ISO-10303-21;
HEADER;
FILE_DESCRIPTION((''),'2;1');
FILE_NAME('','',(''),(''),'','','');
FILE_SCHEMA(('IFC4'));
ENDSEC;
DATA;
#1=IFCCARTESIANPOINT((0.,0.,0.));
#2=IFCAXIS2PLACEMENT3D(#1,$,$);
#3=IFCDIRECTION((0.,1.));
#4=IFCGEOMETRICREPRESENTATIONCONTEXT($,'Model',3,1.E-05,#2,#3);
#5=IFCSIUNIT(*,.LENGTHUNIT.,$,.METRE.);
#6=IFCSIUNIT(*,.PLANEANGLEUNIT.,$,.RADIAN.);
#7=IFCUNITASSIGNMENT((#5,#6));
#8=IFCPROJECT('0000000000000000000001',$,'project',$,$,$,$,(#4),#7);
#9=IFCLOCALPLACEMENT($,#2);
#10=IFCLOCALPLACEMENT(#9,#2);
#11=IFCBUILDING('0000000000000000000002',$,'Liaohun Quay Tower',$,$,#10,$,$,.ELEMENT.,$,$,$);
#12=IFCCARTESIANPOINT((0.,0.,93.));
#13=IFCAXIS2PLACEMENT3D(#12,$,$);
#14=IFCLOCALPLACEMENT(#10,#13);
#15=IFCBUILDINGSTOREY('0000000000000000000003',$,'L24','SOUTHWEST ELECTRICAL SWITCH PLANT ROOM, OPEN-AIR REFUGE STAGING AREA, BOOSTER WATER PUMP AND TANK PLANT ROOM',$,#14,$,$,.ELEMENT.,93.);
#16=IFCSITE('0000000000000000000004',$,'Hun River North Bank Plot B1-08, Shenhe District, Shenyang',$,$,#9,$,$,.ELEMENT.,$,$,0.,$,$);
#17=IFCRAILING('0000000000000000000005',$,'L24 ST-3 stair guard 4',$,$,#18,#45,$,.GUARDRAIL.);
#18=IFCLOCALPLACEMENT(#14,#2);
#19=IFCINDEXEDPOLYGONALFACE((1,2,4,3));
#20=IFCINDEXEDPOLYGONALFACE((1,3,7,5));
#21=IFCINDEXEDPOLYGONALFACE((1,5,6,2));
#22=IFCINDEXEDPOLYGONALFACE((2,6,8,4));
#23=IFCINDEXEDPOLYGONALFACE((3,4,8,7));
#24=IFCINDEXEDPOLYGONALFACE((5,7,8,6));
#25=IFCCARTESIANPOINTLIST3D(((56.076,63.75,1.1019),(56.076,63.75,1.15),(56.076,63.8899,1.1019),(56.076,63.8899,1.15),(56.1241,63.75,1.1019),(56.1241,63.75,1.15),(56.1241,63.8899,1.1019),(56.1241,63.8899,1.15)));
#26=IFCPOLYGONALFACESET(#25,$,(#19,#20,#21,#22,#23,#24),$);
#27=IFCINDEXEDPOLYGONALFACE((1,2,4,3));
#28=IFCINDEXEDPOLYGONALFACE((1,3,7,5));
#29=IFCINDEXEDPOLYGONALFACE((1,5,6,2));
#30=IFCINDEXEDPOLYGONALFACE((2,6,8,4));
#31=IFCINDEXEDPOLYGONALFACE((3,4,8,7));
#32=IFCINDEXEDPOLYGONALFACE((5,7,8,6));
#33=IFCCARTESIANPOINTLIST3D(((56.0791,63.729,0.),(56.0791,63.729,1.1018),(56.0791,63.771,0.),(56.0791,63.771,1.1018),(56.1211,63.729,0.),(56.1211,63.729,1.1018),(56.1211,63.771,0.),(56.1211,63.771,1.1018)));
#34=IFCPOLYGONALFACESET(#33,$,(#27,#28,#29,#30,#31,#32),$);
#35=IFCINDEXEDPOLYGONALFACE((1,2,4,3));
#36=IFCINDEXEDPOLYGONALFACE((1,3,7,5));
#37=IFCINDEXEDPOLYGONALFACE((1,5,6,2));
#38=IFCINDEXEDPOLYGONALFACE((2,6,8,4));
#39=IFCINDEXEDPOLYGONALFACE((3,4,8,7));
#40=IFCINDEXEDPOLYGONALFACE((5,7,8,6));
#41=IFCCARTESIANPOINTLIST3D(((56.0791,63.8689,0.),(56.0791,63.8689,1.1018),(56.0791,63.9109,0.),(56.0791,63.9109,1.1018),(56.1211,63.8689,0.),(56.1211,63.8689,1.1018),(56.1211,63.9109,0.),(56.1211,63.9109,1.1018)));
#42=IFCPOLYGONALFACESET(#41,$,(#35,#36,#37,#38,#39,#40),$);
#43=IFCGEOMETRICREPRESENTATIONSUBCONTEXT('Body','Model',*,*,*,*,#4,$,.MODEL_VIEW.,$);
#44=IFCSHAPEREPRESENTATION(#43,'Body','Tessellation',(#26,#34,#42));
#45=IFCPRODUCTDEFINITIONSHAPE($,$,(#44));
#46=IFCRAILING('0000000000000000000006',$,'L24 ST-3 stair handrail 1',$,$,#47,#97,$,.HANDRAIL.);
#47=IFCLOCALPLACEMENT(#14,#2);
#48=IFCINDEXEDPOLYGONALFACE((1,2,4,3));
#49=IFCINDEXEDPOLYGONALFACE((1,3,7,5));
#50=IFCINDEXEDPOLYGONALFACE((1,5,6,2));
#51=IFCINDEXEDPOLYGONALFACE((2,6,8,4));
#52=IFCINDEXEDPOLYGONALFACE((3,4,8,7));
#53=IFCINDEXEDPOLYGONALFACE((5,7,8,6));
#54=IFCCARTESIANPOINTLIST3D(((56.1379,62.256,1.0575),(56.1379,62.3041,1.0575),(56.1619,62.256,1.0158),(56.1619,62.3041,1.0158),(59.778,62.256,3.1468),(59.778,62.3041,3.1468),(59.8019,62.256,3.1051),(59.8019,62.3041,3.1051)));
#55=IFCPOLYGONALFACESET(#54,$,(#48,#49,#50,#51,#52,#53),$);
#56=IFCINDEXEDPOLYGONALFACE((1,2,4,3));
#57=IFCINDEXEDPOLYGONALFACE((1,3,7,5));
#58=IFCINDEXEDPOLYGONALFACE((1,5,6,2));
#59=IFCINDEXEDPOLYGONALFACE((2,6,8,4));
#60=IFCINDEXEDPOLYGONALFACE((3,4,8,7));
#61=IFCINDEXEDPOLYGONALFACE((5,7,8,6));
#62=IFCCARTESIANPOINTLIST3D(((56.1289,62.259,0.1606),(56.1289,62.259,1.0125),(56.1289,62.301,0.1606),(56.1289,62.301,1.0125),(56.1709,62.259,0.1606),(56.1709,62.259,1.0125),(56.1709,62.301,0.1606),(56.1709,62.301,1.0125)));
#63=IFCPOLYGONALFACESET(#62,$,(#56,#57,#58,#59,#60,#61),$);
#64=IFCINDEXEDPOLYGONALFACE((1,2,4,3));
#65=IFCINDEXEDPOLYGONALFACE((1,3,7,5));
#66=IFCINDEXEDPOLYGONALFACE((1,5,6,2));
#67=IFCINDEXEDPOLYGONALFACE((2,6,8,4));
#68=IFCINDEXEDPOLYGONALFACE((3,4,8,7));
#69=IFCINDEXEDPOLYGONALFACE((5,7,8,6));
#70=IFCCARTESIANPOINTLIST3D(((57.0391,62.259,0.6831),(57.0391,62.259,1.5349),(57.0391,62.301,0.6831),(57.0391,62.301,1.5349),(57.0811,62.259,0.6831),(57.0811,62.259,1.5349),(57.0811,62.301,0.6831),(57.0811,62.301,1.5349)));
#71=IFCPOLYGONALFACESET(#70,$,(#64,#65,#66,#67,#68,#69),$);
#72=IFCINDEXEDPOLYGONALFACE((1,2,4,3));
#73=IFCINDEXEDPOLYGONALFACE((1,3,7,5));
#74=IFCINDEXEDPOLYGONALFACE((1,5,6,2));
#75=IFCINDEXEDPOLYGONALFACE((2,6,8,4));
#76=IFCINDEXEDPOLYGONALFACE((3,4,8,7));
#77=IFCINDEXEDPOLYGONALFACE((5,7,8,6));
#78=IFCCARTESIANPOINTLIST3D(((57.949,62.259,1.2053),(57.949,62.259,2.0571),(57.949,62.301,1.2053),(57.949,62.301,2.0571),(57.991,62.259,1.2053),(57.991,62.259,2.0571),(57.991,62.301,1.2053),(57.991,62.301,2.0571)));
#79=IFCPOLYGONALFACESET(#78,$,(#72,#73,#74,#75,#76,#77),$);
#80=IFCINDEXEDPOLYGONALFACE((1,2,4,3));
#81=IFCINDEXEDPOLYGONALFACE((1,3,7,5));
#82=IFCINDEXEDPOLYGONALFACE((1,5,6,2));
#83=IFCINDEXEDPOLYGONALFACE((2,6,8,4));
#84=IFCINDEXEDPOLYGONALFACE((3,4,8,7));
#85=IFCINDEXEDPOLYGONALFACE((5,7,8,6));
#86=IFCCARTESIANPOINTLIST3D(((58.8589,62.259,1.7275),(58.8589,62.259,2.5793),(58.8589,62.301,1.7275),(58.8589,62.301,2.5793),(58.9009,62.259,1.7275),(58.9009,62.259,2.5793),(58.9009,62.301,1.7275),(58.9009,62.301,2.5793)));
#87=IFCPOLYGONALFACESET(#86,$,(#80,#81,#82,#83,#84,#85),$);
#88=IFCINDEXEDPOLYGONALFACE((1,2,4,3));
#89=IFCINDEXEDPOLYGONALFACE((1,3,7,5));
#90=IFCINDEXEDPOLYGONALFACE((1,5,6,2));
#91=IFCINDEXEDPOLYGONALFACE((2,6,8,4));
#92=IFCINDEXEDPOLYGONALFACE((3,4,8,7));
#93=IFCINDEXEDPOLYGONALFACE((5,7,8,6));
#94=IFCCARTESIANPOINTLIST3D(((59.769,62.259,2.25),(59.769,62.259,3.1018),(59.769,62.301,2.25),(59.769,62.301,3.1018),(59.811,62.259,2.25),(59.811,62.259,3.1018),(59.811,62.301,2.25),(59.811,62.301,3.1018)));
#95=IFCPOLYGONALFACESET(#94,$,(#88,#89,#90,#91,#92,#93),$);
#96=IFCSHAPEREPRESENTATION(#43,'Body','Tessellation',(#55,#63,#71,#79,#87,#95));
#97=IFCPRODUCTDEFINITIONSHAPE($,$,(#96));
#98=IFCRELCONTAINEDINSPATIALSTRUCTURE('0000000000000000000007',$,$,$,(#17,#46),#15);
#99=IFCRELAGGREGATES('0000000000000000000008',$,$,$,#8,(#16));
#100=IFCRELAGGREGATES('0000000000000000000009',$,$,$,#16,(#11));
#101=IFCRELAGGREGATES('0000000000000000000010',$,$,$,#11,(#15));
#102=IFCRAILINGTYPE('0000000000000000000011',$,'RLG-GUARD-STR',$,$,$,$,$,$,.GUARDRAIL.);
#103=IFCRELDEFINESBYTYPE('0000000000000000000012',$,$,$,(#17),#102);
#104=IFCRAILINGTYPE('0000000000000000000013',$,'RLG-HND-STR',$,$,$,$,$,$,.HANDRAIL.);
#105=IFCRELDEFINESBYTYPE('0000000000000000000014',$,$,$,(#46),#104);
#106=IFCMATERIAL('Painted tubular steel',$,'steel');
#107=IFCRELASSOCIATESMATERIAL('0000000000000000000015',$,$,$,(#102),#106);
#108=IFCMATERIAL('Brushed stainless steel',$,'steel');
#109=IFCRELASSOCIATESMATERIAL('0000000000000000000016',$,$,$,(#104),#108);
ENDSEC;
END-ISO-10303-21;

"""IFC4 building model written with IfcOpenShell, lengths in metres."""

from ifc_helpers import new_model, si_unit, direction, frame, origin, origin_2d, place, context, subcontext, project, spatial, rectangle, extrude, material, type_object, element, save


model = new_model("IFC4")

# Units and contexts
model_context = context("Model", 3, precision=1e-05, world=origin(), true_north=direction((0.0, 1.0)))
body_context = subcontext(model_context, "Body", "Model", "MODEL_VIEW")
ifc_project = project(units=[si_unit("LENGTHUNIT", "METRE"), si_unit("PLANEANGLEUNIT", "RADIAN")], contexts=[model_context])

# Site, building, storey
site_placement = place(None, origin())
site = spatial("IfcSite", under=ifc_project, at=site_placement, Name="Hun River North Bank Plot B1-08, Shenhe District, Shenyang", CompositionType="ELEMENT", RefElevation=0.0)
building_placement = place(site_placement, origin())
building = spatial("IfcBuilding", under=site, at=building_placement, Name="Liaohun Quay Tower", CompositionType="ELEMENT")
storey_placement = place(building_placement, frame((0.0, 0.0, 93.0)))
storey = spatial("IfcBuildingStorey", under=building, at=storey_placement, Name="L24", Description="SOUTHWEST ELECTRICAL SWITCH PLANT ROOM, OPEN-AIR REFUGE STAGING AREA, BOOSTER WATER PUMP AND TANK PLANT ROOM", CompositionType="ELEMENT", Elevation=93.0)

# Railings
ifc_material_1 = material(Name="Painted tubular steel", Category="steel")
railing_type_1 = type_object("IfcRailingType", Name="RLG-GUARD-STR", PredefinedType="GUARDRAIL", material=ifc_material_1)
railing_1_placement = place(storey_placement, frame((56.1001, 63.75, 0.0)))
element("IfcRailing", 1, at=railing_1_placement, inside=storey, type_object=railing_type_1, Name="L24 ST-3 stair guard 4", PredefinedType="GUARDRAIL", context=body_context, shape_type="SweptSolid", body=[
    extrude(rectangle(XDim=0.0481, YDim=0.0481, at=origin_2d()), frame((0.0, 0.0, 1.126), z_axis=(0.0, 1.0, 0.0), x_axis=(-1.0, 0.0, 0.0)), (0.0, 0.0, 1.0), 0.1399),
    extrude(rectangle(XDim=0.042, YDim=0.042, at=origin_2d()), origin(), (0.0, 0.0, 1.0), 1.1018),
    extrude(rectangle(XDim=0.042, YDim=0.042, at=origin_2d()), frame((0.0, 0.1399, 0.0)), (0.0, 0.0, 1.0), 1.1018),
])
ifc_material_2 = material(Name="Brushed stainless steel", Category="steel")
railing_type_2 = type_object("IfcRailingType", Name="RLG-HND-STR", PredefinedType="HANDRAIL", material=ifc_material_2)
railing_2_placement = place(storey_placement, frame((56.1499, 62.28, 0.1606)))
element("IfcRailing", 2, at=railing_2_placement, inside=storey, type_object=railing_type_2, Name="L24 ST-3 stair handrail 1", PredefinedType="HANDRAIL", context=body_context, shape_type="SweptSolid", body=[
    extrude(rectangle(XDim=0.0481, YDim=0.0481, at=origin_2d()), frame((0.0, 0.0, 0.876), z_axis=(0.867289, 0.0, 0.497804), x_axis=(0.0, 1.0, 0.0)), (0.0, 0.0, 1.0), 4.197),
    extrude(rectangle(XDim=0.042, YDim=0.042, at=origin_2d()), origin(), (0.0, 0.0, 1.0), 0.8518),
    extrude(rectangle(XDim=0.042, YDim=0.042, at=origin_2d()), frame((0.9102, 0.0, 0.5225)), (0.0, 0.0, 1.0), 0.8518),
    extrude(rectangle(XDim=0.042, YDim=0.042, at=origin_2d()), frame((1.8201, 0.0, 1.0447)), (0.0, 0.0, 1.0), 0.8518),
    extrude(rectangle(XDim=0.042, YDim=0.042, at=origin_2d()), frame((2.73, 0.0, 1.5669)), (0.0, 0.0, 1.0), 0.8518),
    extrude(rectangle(XDim=0.042, YDim=0.042, at=origin_2d()), frame((3.6401, 0.0, 2.0894)), (0.0, 0.0, 1.0), 0.8518),
])

save(model, "model.ifc")
